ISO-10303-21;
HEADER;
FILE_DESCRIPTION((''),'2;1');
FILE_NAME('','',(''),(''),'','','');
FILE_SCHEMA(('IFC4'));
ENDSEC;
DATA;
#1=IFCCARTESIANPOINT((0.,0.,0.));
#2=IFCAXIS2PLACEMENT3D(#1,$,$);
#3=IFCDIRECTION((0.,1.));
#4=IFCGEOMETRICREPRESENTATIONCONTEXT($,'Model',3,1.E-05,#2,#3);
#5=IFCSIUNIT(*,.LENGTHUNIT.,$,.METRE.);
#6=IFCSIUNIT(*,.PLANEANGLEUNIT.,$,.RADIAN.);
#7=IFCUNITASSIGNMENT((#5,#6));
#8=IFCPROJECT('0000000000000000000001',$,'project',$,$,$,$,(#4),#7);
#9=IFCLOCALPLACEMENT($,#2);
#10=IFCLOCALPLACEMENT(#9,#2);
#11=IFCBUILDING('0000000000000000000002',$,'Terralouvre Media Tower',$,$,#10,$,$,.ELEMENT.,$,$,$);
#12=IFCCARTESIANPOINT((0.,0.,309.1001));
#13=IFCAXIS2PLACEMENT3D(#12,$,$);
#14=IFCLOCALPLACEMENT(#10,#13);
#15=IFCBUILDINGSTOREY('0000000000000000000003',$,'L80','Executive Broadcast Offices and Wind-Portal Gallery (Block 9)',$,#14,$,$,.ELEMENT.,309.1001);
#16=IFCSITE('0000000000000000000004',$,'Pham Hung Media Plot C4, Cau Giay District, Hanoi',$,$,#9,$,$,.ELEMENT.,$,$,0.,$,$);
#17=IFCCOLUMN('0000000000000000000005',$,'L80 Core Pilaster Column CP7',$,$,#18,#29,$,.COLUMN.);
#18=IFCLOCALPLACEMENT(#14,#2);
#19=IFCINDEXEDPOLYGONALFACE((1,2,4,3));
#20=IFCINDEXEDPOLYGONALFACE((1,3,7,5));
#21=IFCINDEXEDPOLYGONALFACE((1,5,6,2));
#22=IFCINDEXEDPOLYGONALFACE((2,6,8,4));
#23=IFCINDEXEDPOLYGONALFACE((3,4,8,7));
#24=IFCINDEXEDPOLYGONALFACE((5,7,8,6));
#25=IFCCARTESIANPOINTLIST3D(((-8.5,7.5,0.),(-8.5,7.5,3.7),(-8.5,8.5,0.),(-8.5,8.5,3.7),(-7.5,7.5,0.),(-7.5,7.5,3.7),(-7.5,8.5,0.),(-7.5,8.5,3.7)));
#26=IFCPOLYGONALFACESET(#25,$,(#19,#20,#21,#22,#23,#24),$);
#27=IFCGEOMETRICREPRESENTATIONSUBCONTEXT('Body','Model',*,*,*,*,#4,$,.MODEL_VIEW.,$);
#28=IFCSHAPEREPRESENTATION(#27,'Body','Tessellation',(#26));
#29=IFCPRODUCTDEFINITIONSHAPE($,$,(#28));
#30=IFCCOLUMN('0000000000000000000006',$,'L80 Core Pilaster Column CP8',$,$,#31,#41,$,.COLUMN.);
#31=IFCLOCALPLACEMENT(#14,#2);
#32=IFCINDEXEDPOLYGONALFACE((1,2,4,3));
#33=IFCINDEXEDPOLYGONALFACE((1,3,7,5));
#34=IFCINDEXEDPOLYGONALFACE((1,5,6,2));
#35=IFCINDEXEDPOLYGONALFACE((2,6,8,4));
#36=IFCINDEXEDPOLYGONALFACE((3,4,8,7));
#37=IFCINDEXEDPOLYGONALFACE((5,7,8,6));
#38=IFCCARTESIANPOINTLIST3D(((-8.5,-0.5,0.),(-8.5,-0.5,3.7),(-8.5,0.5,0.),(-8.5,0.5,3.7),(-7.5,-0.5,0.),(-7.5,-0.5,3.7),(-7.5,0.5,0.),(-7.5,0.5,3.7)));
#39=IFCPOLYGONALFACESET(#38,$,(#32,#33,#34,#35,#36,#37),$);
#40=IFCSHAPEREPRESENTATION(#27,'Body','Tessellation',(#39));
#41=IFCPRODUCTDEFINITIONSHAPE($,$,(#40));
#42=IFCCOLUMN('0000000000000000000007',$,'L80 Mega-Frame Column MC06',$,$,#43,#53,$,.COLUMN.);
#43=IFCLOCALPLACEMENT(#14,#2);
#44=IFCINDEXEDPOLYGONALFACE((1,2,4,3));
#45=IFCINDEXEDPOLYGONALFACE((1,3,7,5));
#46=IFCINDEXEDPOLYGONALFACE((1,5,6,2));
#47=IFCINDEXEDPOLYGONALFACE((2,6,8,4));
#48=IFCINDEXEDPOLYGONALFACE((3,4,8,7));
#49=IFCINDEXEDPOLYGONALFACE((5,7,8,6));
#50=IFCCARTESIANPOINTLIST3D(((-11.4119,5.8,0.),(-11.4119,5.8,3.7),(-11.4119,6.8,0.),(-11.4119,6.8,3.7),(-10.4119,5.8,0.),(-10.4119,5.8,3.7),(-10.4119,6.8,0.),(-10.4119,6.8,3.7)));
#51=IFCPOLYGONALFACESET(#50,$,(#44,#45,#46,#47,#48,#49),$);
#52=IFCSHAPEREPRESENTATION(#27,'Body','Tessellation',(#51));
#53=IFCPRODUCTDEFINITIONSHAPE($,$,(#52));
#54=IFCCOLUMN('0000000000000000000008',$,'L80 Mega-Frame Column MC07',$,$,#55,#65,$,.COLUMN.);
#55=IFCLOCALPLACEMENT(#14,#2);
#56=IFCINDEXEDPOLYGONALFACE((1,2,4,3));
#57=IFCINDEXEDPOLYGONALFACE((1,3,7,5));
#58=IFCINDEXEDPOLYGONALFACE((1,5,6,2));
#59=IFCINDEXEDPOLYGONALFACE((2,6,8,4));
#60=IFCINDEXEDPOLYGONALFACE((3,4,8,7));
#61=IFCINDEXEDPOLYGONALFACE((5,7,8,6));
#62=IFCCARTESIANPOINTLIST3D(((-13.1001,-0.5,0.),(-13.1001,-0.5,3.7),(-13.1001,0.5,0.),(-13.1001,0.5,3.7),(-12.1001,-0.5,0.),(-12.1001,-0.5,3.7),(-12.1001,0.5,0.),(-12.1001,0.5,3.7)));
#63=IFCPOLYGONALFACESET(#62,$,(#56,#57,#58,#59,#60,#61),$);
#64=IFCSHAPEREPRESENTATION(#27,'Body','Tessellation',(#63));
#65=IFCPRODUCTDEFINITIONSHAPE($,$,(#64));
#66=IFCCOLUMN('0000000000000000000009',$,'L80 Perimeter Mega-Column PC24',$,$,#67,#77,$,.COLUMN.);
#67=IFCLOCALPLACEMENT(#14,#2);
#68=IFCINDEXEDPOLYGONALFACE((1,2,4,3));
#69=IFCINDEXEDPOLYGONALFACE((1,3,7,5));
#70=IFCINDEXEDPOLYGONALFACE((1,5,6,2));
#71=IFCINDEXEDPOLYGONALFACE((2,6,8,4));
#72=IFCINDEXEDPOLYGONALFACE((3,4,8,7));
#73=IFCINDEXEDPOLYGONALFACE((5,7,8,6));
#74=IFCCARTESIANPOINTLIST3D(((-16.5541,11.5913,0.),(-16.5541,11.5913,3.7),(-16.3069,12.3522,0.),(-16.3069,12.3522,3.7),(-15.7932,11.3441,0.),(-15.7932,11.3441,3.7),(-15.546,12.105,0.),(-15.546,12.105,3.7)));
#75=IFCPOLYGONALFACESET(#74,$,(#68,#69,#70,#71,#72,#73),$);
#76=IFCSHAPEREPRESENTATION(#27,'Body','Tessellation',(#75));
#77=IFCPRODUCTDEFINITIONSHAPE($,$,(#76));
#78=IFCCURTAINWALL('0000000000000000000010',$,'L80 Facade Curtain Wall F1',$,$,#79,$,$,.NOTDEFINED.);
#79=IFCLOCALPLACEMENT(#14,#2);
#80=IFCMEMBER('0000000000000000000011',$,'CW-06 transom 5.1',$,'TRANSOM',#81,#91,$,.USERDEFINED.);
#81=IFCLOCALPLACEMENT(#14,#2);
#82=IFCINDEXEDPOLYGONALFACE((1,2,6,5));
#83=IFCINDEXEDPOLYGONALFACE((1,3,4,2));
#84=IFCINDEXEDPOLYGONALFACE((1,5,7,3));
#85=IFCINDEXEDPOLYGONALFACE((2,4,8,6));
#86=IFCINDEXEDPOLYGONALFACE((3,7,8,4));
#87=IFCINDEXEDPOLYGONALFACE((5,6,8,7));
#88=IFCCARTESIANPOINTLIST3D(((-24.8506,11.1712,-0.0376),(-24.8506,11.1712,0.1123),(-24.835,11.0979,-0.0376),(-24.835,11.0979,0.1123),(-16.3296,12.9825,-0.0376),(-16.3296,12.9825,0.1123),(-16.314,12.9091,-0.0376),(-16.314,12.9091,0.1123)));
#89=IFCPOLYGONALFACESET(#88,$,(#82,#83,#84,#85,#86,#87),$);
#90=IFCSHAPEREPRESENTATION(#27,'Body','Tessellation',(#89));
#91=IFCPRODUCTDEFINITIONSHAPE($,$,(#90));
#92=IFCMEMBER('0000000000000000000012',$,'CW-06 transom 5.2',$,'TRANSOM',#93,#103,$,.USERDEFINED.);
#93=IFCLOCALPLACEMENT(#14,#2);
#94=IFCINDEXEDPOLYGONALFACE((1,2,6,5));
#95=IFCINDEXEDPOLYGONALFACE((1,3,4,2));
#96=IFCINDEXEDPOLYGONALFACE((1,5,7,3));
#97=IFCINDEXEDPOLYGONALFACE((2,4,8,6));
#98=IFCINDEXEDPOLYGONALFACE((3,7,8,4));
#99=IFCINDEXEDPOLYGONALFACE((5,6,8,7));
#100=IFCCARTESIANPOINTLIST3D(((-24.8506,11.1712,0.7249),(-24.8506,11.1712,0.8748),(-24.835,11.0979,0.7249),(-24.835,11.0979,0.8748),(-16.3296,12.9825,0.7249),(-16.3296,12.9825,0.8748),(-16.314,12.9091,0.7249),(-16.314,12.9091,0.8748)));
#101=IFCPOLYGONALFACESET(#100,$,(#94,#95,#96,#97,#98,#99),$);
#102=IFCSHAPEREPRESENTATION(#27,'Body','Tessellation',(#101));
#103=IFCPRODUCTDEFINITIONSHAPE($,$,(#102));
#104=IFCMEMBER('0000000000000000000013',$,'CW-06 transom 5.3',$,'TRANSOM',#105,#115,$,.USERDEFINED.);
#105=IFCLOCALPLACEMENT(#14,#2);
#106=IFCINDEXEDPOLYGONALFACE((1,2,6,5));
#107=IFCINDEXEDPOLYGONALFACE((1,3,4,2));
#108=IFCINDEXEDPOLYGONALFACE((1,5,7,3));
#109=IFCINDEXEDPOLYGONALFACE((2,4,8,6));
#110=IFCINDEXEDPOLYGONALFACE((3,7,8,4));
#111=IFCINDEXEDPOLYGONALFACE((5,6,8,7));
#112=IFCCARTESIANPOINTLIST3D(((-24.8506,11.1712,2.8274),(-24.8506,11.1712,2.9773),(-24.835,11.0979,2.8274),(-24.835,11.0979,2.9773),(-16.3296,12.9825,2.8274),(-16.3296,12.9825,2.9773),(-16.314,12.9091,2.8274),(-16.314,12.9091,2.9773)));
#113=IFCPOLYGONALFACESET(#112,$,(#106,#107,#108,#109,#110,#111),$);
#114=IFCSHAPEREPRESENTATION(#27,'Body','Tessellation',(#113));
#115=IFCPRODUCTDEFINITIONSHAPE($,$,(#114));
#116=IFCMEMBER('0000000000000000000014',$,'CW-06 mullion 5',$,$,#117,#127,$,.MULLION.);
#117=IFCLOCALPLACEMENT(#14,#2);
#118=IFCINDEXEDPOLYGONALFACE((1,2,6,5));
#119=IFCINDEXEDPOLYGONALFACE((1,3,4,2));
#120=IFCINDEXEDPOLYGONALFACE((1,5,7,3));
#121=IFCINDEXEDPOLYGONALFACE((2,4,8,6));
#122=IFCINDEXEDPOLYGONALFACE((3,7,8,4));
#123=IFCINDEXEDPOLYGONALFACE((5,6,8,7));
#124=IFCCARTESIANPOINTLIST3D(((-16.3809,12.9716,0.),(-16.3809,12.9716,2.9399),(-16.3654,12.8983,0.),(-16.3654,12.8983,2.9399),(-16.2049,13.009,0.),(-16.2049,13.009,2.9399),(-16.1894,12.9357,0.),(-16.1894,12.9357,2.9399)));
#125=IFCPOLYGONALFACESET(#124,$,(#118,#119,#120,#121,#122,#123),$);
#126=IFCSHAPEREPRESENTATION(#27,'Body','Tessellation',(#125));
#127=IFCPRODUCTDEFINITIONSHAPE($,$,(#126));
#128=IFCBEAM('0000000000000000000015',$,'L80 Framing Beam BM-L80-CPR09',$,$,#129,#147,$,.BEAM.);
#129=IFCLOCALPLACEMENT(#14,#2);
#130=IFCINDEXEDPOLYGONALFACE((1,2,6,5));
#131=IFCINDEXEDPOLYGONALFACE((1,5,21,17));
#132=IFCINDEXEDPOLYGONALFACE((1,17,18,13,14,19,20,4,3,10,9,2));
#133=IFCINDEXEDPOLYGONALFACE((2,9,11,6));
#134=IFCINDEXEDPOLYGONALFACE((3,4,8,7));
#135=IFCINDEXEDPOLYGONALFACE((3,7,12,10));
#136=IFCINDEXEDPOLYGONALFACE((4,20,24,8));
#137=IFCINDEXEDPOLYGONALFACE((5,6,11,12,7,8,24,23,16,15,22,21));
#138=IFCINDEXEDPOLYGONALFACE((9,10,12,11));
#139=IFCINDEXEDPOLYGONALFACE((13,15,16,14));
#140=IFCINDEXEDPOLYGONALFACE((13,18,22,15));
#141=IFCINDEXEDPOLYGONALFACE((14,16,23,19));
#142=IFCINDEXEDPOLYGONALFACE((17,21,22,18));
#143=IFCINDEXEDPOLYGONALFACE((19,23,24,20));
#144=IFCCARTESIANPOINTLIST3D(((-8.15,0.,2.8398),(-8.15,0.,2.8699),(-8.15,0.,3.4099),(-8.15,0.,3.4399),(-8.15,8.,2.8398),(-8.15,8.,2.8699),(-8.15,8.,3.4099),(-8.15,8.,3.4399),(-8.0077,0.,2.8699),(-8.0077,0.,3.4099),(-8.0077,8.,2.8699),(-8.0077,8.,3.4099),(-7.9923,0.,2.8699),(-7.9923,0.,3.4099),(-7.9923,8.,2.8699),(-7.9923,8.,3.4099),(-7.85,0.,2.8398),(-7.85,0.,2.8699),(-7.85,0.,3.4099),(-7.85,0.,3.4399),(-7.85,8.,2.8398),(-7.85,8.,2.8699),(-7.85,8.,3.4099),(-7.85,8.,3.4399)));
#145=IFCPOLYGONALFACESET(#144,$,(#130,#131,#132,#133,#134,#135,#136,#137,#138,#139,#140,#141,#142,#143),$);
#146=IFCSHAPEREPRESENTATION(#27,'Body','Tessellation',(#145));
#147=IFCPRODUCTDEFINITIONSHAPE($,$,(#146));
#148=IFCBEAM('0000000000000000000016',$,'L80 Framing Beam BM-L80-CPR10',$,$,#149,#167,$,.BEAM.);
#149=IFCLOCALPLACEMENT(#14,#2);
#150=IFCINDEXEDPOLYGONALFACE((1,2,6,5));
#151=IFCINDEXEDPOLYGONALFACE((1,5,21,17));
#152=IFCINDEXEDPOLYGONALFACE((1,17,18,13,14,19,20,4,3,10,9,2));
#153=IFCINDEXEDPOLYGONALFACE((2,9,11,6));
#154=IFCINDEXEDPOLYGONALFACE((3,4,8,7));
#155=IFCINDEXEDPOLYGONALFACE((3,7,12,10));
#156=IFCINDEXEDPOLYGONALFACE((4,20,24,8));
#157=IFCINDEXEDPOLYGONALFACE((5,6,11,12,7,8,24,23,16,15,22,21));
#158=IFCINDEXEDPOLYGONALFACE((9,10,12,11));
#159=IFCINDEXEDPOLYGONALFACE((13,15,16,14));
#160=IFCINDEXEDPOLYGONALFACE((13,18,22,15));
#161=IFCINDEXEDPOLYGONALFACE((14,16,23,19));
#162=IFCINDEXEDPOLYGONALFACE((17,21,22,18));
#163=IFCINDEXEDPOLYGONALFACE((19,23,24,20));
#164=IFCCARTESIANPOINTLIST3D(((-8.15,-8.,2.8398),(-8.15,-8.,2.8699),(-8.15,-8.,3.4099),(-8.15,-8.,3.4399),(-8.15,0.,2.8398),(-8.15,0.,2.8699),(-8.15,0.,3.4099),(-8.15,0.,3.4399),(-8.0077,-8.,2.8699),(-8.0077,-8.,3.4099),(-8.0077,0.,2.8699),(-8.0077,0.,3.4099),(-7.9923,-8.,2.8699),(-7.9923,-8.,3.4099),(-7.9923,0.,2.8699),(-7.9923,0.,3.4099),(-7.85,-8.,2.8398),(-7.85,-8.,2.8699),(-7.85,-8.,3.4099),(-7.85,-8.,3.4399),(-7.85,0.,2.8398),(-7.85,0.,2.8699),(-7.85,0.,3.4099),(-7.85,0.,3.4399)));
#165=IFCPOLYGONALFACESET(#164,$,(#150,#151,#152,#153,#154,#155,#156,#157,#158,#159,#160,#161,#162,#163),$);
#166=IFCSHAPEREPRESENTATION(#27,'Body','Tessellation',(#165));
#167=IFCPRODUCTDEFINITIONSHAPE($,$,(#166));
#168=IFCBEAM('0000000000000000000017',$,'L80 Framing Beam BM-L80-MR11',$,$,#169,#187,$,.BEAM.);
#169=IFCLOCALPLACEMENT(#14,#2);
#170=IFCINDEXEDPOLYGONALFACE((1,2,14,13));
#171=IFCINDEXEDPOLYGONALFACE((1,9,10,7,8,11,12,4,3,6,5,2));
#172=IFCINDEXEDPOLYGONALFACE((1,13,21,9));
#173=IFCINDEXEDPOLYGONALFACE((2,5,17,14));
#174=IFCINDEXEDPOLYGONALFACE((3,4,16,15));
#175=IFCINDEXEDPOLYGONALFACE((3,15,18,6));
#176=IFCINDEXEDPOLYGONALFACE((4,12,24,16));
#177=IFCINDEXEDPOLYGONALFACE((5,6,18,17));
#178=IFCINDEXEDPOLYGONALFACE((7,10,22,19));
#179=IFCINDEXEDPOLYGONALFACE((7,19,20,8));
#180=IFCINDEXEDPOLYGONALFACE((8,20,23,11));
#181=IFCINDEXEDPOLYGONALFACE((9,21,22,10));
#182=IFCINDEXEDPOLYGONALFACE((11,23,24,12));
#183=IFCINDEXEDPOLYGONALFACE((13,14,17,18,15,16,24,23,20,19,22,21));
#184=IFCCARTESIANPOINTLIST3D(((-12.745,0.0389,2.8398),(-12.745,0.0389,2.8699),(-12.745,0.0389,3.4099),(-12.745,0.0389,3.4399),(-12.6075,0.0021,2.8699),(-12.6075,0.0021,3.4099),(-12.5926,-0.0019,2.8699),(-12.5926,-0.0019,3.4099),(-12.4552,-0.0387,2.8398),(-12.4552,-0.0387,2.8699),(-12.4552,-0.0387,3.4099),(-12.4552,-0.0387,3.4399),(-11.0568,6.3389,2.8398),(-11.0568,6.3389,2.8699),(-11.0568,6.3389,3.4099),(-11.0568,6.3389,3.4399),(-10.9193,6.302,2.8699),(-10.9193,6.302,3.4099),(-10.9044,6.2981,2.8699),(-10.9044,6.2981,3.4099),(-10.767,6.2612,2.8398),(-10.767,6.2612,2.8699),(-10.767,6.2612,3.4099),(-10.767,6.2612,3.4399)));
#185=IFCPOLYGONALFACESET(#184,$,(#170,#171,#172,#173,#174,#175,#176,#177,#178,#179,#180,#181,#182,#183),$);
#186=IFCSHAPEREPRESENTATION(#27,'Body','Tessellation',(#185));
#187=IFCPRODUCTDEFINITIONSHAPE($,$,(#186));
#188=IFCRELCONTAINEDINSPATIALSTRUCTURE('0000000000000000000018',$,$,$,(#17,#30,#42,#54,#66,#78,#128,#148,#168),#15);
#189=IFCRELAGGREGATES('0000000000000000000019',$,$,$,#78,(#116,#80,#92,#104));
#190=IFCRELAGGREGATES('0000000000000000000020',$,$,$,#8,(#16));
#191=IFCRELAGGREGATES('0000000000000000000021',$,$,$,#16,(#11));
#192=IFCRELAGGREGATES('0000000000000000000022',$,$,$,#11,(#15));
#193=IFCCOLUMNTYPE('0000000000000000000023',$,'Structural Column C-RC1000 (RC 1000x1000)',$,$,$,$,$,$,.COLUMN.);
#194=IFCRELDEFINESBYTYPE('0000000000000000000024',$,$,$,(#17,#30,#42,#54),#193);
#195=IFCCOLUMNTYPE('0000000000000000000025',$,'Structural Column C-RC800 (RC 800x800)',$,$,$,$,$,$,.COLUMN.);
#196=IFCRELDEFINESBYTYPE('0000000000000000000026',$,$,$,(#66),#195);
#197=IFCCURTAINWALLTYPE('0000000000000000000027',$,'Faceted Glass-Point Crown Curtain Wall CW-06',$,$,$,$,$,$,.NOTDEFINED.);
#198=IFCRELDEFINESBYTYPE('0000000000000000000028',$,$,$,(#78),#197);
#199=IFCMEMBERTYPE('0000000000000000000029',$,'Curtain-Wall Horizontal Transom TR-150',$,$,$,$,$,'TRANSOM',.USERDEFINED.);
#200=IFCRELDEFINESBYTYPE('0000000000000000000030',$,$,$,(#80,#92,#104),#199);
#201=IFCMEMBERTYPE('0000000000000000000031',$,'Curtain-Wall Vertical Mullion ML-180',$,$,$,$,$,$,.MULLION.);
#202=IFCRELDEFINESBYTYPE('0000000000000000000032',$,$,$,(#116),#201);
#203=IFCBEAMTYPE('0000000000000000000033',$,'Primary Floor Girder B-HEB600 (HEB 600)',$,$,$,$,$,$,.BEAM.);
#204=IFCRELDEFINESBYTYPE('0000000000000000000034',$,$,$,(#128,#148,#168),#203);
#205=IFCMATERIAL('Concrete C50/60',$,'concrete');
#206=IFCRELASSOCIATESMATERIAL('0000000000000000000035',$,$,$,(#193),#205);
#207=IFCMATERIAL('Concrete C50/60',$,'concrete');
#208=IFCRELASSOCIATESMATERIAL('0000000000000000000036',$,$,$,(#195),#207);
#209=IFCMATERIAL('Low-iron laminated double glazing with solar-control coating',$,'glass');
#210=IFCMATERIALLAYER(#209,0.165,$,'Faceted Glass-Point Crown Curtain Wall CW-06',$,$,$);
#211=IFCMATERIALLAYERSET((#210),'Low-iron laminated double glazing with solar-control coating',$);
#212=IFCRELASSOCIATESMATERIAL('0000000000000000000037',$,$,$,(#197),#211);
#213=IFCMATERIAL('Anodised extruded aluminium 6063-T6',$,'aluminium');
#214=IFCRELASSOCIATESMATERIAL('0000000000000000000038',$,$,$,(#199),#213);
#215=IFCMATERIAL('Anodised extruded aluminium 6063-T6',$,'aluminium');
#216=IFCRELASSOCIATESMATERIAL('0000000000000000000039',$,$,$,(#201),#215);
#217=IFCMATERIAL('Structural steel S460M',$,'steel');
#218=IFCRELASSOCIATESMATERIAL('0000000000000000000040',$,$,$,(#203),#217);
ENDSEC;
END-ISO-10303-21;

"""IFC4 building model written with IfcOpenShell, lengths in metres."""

from ifc_helpers import new_model, si_unit, direction, frame, origin, origin_2d, place, context, subcontext, project, spatial, rectangle, i_section, extrude, material, layer, layer_set, material_profile, profile_set, type_object, element, aggregate, save


model = new_model("IFC4")

# Units and contexts
model_context = context("Model", 3, precision=1e-05, world=origin(), true_north=direction((0.0, 1.0)))
body_context = subcontext(model_context, "Body", "Model", "MODEL_VIEW")
ifc_project = project(units=[si_unit("LENGTHUNIT", "METRE"), si_unit("PLANEANGLEUNIT", "RADIAN")], contexts=[model_context])

# Site, building, storey
site_placement = place(None, origin())
site = spatial("IfcSite", under=ifc_project, at=site_placement, Name="Pham Hung Media Plot C4, Cau Giay District, Hanoi", CompositionType="ELEMENT", RefElevation=0.0)
building_placement = place(site_placement, origin())
building = spatial("IfcBuilding", under=site, at=building_placement, Name="Terralouvre Media Tower", CompositionType="ELEMENT")
storey_placement = place(building_placement, frame((0.0, 0.0, 309.1001)))
storey = spatial("IfcBuildingStorey", under=building, at=storey_placement, Name="L80", Description="Executive Broadcast Offices and Wind-Portal Gallery (Block 9)", CompositionType="ELEMENT", Elevation=309.1001)

# Columns
ifc_material_1 = material(Name="Concrete C50/60", Category="concrete")
ifc_material_profile_1 = material_profile(ifc_material_1, rectangle(XDim=1.0, YDim=1.0, at=origin_2d()), Name="RC 1000x1000")
ifc_profile_set_1 = profile_set([ifc_material_profile_1], Name="Concrete C50/60")
column_type_1 = type_object("IfcColumnType", Name="Structural Column C-RC1000 (RC 1000x1000)", PredefinedType="COLUMN", material=ifc_profile_set_1)
for number, where, z_axis, x_axis, name in (
    (1, (-8.0, 8.0, 0.0), (0.0, 0.0, 1.0), (1.0, 0.0, 0.0), "L80 Core Pilaster Column CP7"),
    (2, (-8.0, 0.0, 0.0), (0.0, 0.0, 1.0), (1.0, 0.0, 0.0), "L80 Core Pilaster Column CP8"),
    (3, (-10.9119, 6.3, 0.0), (0.0, 0.0, 1.0), (1.0, 0.0, 0.0), "L80 Mega-Frame Column MC06"),
    (4, (-12.6001, 0.0, 0.0), (0.0, 0.0, 1.0), (1.0, 0.0, 0.0), "L80 Mega-Frame Column MC07"),
):
    element("IfcColumn", number, at=place(storey_placement, frame(where, z_axis=z_axis, x_axis=x_axis)), inside=storey, type_object=column_type_1, Name=name, PredefinedType="COLUMN", context=body_context, shape_type="SweptSolid", body=[
        extrude(rectangle(XDim=1.0, YDim=1.0, at=origin_2d()), origin(), (0.0, 0.0, 1.0), 3.7),
    ])
ifc_material_2 = material(Name="Concrete C50/60", Category="concrete")
ifc_material_profile_2 = material_profile(ifc_material_2, rectangle(XDim=0.8, YDim=0.8, at=origin_2d()), Name="RC 800x800")
ifc_profile_set_2 = profile_set([ifc_material_profile_2], Name="Concrete C50/60")
column_type_2 = type_object("IfcColumnType", Name="Structural Column C-RC800 (RC 800x800)", PredefinedType="COLUMN", material=ifc_profile_set_2)
column_placement = place(storey_placement, frame((-16.05, 11.8481, 0.0), z_axis=(0.0, 0.0, 1.0), x_axis=(0.309017, 0.951057, 0.0)))
element("IfcColumn", 5, at=column_placement, inside=storey, type_object=column_type_2, Name="L80 Perimeter Mega-Column PC24", PredefinedType="COLUMN", context=body_context, shape_type="SweptSolid", body=[
    extrude(rectangle(XDim=0.8, YDim=0.8, at=origin_2d()), origin(), (0.0, 0.0, 1.0), 3.7),
])

# Curtain wall, members
ifc_material_3 = material(Name="Low-iron laminated double glazing with solar-control coating", Category="glass")
ifc_layer_1 = layer(ifc_material_3, 0.165, Name="Faceted Glass-Point Crown Curtain Wall CW-06")
ifc_layer_set_1 = layer_set([ifc_layer_1], Name="Low-iron laminated double glazing with solar-control coating")
curtain_wall_type = type_object("IfcCurtainWallType", Name="Faceted Glass-Point Crown Curtain Wall CW-06", PredefinedType="NOTDEFINED", material=ifc_layer_set_1)
curtain_wall_placement = place(storey_placement, origin())
curtain_wall = element("IfcCurtainWall", 6, at=curtain_wall_placement, inside=storey, type_object=curtain_wall_type, Name="L80 Facade Curtain Wall F1", PredefinedType="NOTDEFINED")
ifc_material_4 = material(Name="Anodised extruded aluminium 6063-T6", Category="aluminium")
ifc_material_profile_3 = material_profile(ifc_material_4, rectangle(XDim=0.075, YDim=0.1499, at=origin_2d()), Name="ALU 75x150")
ifc_profile_set_3 = profile_set([ifc_material_profile_3], Name="Anodised extruded aluminium 6063-T6")
member_type_1 = type_object("IfcMemberType", Name="Curtain-Wall Horizontal Transom TR-150", ElementType="TRANSOM", PredefinedType="USERDEFINED", material=ifc_profile_set_3)
member_1_placement = place(storey_placement, frame((-16.3218, 12.9458, 0.0374), z_axis=(-0.978146, -0.207921, 0.0), x_axis=(0.207921, -0.978146, 0.0)))
member_1 = element("IfcMember", 7, at=member_1_placement, type_object=member_type_1, Name="CW-06 transom 5.1", ObjectType="TRANSOM", PredefinedType="USERDEFINED", context=body_context, shape_type="SweptSolid", body=[
    extrude(rectangle(XDim=0.075, YDim=0.1499, at=origin_2d()), origin(), (0.0, 0.0, 1.0), 8.7114),
])
member_2_placement = place(storey_placement, frame((-16.3218, 12.9458, 0.7998), z_axis=(-0.978146, -0.207921, 0.0), x_axis=(0.207921, -0.978146, 0.0)))
member_2 = element("IfcMember", 8, at=member_2_placement, type_object=member_type_1, Name="CW-06 transom 5.2", ObjectType="TRANSOM", PredefinedType="USERDEFINED", context=body_context, shape_type="SweptSolid", body=[
    extrude(rectangle(XDim=0.075, YDim=0.1499, at=origin_2d()), origin(), (0.0, 0.0, 1.0), 8.7114),
])
member_3_placement = place(storey_placement, frame((-16.3218, 12.9458, 2.9023), z_axis=(-0.978146, -0.207921, 0.0), x_axis=(0.207921, -0.978146, 0.0)))
member_3 = element("IfcMember", 9, at=member_3_placement, type_object=member_type_1, Name="CW-06 transom 5.3", ObjectType="TRANSOM", PredefinedType="USERDEFINED", context=body_context, shape_type="SweptSolid", body=[
    extrude(rectangle(XDim=0.075, YDim=0.1499, at=origin_2d()), origin(), (0.0, 0.0, 1.0), 8.7114),
])
ifc_material_5 = material(Name="Anodised extruded aluminium 6063-T6", Category="aluminium")
ifc_material_profile_4 = material_profile(ifc_material_5, rectangle(XDim=0.075, YDim=0.1799, at=origin_2d()), Name="ALU 75x180")
ifc_profile_set_4 = profile_set([ifc_material_profile_4], Name="Anodised extruded aluminium 6063-T6")
member_type_2 = type_object("IfcMemberType", Name="Curtain-Wall Vertical Mullion ML-180", PredefinedType="MULLION", material=ifc_profile_set_4)
member_4_placement = place(storey_placement, frame((-16.2852, 12.9536, 0.0), z_axis=(0.0, 0.0, 1.0), x_axis=(0.207912, -0.978148, 0.0)))
member_4 = element("IfcMember", 10, at=member_4_placement, type_object=member_type_2, Name="CW-06 mullion 5", PredefinedType="MULLION", context=body_context, shape_type="SweptSolid", body=[
    extrude(rectangle(XDim=0.075, YDim=0.1799, at=origin_2d()), origin(), (0.0, 0.0, 1.0), 2.9399),
])

# Beams
ifc_material_6 = material(Name="Structural steel S460M", Category="steel")
ifc_material_profile_5 = material_profile(ifc_material_6, i_section(OverallWidth=0.3, OverallDepth=0.6001, WebThickness=0.0154, FlangeThickness=0.03, at=origin_2d()), Name="HEB 600")
ifc_profile_set_5 = profile_set([ifc_material_profile_5], Name="Structural steel S460M")
beam_type_1 = type_object("IfcBeamType", Name="Primary Floor Girder B-HEB600 (HEB 600)", PredefinedType="BEAM", material=ifc_profile_set_5)
for number, where, z_axis, x_axis, name in (
    (11, (-8.0, 8.0, 3.1399), (0.0, -1.0, 0.0), (1.0, 0.0, 0.0), "L80 Framing Beam BM-L80-CPR09"),
    (12, (-8.0, 0.0, 3.1399), (0.0, -1.0, 0.0), (1.0, 0.0, 0.0), "L80 Framing Beam BM-L80-CPR10"),
):
    element("IfcBeam", number, at=place(storey_placement, frame(where, z_axis=z_axis, x_axis=x_axis)), inside=storey, type_object=beam_type_1, Name=name, PredefinedType="BEAM", context=body_context, shape_type="SweptSolid", body=[
        extrude(i_section(OverallWidth=0.3, OverallDepth=0.6001, WebThickness=0.0154, FlangeThickness=0.03, at=origin_2d()), origin(), (0.0, 0.0, 1.0), 8.0),
    ])
for number, where, z_axis, x_axis, name in (
    (13, (-10.9119, 6.3, 3.1399), (-0.258839, -0.96592, 0.0), (0.96592, -0.258839, 0.0), "L80 Framing Beam BM-L80-MR11"),
):
    element("IfcBeam", number, at=place(storey_placement, frame(where, z_axis=z_axis, x_axis=x_axis)), inside=storey, type_object=beam_type_1, Name=name, PredefinedType="BEAM", context=body_context, shape_type="SweptSolid", body=[
        extrude(i_section(OverallWidth=0.3, OverallDepth=0.6001, WebThickness=0.0154, FlangeThickness=0.03, at=origin_2d()), origin(), (0.0, 0.0, 1.0), 6.5222),
    ])

aggregate(curtain_wall, [member_4, member_1, member_2, member_3])

save(model, "model.ifc")
